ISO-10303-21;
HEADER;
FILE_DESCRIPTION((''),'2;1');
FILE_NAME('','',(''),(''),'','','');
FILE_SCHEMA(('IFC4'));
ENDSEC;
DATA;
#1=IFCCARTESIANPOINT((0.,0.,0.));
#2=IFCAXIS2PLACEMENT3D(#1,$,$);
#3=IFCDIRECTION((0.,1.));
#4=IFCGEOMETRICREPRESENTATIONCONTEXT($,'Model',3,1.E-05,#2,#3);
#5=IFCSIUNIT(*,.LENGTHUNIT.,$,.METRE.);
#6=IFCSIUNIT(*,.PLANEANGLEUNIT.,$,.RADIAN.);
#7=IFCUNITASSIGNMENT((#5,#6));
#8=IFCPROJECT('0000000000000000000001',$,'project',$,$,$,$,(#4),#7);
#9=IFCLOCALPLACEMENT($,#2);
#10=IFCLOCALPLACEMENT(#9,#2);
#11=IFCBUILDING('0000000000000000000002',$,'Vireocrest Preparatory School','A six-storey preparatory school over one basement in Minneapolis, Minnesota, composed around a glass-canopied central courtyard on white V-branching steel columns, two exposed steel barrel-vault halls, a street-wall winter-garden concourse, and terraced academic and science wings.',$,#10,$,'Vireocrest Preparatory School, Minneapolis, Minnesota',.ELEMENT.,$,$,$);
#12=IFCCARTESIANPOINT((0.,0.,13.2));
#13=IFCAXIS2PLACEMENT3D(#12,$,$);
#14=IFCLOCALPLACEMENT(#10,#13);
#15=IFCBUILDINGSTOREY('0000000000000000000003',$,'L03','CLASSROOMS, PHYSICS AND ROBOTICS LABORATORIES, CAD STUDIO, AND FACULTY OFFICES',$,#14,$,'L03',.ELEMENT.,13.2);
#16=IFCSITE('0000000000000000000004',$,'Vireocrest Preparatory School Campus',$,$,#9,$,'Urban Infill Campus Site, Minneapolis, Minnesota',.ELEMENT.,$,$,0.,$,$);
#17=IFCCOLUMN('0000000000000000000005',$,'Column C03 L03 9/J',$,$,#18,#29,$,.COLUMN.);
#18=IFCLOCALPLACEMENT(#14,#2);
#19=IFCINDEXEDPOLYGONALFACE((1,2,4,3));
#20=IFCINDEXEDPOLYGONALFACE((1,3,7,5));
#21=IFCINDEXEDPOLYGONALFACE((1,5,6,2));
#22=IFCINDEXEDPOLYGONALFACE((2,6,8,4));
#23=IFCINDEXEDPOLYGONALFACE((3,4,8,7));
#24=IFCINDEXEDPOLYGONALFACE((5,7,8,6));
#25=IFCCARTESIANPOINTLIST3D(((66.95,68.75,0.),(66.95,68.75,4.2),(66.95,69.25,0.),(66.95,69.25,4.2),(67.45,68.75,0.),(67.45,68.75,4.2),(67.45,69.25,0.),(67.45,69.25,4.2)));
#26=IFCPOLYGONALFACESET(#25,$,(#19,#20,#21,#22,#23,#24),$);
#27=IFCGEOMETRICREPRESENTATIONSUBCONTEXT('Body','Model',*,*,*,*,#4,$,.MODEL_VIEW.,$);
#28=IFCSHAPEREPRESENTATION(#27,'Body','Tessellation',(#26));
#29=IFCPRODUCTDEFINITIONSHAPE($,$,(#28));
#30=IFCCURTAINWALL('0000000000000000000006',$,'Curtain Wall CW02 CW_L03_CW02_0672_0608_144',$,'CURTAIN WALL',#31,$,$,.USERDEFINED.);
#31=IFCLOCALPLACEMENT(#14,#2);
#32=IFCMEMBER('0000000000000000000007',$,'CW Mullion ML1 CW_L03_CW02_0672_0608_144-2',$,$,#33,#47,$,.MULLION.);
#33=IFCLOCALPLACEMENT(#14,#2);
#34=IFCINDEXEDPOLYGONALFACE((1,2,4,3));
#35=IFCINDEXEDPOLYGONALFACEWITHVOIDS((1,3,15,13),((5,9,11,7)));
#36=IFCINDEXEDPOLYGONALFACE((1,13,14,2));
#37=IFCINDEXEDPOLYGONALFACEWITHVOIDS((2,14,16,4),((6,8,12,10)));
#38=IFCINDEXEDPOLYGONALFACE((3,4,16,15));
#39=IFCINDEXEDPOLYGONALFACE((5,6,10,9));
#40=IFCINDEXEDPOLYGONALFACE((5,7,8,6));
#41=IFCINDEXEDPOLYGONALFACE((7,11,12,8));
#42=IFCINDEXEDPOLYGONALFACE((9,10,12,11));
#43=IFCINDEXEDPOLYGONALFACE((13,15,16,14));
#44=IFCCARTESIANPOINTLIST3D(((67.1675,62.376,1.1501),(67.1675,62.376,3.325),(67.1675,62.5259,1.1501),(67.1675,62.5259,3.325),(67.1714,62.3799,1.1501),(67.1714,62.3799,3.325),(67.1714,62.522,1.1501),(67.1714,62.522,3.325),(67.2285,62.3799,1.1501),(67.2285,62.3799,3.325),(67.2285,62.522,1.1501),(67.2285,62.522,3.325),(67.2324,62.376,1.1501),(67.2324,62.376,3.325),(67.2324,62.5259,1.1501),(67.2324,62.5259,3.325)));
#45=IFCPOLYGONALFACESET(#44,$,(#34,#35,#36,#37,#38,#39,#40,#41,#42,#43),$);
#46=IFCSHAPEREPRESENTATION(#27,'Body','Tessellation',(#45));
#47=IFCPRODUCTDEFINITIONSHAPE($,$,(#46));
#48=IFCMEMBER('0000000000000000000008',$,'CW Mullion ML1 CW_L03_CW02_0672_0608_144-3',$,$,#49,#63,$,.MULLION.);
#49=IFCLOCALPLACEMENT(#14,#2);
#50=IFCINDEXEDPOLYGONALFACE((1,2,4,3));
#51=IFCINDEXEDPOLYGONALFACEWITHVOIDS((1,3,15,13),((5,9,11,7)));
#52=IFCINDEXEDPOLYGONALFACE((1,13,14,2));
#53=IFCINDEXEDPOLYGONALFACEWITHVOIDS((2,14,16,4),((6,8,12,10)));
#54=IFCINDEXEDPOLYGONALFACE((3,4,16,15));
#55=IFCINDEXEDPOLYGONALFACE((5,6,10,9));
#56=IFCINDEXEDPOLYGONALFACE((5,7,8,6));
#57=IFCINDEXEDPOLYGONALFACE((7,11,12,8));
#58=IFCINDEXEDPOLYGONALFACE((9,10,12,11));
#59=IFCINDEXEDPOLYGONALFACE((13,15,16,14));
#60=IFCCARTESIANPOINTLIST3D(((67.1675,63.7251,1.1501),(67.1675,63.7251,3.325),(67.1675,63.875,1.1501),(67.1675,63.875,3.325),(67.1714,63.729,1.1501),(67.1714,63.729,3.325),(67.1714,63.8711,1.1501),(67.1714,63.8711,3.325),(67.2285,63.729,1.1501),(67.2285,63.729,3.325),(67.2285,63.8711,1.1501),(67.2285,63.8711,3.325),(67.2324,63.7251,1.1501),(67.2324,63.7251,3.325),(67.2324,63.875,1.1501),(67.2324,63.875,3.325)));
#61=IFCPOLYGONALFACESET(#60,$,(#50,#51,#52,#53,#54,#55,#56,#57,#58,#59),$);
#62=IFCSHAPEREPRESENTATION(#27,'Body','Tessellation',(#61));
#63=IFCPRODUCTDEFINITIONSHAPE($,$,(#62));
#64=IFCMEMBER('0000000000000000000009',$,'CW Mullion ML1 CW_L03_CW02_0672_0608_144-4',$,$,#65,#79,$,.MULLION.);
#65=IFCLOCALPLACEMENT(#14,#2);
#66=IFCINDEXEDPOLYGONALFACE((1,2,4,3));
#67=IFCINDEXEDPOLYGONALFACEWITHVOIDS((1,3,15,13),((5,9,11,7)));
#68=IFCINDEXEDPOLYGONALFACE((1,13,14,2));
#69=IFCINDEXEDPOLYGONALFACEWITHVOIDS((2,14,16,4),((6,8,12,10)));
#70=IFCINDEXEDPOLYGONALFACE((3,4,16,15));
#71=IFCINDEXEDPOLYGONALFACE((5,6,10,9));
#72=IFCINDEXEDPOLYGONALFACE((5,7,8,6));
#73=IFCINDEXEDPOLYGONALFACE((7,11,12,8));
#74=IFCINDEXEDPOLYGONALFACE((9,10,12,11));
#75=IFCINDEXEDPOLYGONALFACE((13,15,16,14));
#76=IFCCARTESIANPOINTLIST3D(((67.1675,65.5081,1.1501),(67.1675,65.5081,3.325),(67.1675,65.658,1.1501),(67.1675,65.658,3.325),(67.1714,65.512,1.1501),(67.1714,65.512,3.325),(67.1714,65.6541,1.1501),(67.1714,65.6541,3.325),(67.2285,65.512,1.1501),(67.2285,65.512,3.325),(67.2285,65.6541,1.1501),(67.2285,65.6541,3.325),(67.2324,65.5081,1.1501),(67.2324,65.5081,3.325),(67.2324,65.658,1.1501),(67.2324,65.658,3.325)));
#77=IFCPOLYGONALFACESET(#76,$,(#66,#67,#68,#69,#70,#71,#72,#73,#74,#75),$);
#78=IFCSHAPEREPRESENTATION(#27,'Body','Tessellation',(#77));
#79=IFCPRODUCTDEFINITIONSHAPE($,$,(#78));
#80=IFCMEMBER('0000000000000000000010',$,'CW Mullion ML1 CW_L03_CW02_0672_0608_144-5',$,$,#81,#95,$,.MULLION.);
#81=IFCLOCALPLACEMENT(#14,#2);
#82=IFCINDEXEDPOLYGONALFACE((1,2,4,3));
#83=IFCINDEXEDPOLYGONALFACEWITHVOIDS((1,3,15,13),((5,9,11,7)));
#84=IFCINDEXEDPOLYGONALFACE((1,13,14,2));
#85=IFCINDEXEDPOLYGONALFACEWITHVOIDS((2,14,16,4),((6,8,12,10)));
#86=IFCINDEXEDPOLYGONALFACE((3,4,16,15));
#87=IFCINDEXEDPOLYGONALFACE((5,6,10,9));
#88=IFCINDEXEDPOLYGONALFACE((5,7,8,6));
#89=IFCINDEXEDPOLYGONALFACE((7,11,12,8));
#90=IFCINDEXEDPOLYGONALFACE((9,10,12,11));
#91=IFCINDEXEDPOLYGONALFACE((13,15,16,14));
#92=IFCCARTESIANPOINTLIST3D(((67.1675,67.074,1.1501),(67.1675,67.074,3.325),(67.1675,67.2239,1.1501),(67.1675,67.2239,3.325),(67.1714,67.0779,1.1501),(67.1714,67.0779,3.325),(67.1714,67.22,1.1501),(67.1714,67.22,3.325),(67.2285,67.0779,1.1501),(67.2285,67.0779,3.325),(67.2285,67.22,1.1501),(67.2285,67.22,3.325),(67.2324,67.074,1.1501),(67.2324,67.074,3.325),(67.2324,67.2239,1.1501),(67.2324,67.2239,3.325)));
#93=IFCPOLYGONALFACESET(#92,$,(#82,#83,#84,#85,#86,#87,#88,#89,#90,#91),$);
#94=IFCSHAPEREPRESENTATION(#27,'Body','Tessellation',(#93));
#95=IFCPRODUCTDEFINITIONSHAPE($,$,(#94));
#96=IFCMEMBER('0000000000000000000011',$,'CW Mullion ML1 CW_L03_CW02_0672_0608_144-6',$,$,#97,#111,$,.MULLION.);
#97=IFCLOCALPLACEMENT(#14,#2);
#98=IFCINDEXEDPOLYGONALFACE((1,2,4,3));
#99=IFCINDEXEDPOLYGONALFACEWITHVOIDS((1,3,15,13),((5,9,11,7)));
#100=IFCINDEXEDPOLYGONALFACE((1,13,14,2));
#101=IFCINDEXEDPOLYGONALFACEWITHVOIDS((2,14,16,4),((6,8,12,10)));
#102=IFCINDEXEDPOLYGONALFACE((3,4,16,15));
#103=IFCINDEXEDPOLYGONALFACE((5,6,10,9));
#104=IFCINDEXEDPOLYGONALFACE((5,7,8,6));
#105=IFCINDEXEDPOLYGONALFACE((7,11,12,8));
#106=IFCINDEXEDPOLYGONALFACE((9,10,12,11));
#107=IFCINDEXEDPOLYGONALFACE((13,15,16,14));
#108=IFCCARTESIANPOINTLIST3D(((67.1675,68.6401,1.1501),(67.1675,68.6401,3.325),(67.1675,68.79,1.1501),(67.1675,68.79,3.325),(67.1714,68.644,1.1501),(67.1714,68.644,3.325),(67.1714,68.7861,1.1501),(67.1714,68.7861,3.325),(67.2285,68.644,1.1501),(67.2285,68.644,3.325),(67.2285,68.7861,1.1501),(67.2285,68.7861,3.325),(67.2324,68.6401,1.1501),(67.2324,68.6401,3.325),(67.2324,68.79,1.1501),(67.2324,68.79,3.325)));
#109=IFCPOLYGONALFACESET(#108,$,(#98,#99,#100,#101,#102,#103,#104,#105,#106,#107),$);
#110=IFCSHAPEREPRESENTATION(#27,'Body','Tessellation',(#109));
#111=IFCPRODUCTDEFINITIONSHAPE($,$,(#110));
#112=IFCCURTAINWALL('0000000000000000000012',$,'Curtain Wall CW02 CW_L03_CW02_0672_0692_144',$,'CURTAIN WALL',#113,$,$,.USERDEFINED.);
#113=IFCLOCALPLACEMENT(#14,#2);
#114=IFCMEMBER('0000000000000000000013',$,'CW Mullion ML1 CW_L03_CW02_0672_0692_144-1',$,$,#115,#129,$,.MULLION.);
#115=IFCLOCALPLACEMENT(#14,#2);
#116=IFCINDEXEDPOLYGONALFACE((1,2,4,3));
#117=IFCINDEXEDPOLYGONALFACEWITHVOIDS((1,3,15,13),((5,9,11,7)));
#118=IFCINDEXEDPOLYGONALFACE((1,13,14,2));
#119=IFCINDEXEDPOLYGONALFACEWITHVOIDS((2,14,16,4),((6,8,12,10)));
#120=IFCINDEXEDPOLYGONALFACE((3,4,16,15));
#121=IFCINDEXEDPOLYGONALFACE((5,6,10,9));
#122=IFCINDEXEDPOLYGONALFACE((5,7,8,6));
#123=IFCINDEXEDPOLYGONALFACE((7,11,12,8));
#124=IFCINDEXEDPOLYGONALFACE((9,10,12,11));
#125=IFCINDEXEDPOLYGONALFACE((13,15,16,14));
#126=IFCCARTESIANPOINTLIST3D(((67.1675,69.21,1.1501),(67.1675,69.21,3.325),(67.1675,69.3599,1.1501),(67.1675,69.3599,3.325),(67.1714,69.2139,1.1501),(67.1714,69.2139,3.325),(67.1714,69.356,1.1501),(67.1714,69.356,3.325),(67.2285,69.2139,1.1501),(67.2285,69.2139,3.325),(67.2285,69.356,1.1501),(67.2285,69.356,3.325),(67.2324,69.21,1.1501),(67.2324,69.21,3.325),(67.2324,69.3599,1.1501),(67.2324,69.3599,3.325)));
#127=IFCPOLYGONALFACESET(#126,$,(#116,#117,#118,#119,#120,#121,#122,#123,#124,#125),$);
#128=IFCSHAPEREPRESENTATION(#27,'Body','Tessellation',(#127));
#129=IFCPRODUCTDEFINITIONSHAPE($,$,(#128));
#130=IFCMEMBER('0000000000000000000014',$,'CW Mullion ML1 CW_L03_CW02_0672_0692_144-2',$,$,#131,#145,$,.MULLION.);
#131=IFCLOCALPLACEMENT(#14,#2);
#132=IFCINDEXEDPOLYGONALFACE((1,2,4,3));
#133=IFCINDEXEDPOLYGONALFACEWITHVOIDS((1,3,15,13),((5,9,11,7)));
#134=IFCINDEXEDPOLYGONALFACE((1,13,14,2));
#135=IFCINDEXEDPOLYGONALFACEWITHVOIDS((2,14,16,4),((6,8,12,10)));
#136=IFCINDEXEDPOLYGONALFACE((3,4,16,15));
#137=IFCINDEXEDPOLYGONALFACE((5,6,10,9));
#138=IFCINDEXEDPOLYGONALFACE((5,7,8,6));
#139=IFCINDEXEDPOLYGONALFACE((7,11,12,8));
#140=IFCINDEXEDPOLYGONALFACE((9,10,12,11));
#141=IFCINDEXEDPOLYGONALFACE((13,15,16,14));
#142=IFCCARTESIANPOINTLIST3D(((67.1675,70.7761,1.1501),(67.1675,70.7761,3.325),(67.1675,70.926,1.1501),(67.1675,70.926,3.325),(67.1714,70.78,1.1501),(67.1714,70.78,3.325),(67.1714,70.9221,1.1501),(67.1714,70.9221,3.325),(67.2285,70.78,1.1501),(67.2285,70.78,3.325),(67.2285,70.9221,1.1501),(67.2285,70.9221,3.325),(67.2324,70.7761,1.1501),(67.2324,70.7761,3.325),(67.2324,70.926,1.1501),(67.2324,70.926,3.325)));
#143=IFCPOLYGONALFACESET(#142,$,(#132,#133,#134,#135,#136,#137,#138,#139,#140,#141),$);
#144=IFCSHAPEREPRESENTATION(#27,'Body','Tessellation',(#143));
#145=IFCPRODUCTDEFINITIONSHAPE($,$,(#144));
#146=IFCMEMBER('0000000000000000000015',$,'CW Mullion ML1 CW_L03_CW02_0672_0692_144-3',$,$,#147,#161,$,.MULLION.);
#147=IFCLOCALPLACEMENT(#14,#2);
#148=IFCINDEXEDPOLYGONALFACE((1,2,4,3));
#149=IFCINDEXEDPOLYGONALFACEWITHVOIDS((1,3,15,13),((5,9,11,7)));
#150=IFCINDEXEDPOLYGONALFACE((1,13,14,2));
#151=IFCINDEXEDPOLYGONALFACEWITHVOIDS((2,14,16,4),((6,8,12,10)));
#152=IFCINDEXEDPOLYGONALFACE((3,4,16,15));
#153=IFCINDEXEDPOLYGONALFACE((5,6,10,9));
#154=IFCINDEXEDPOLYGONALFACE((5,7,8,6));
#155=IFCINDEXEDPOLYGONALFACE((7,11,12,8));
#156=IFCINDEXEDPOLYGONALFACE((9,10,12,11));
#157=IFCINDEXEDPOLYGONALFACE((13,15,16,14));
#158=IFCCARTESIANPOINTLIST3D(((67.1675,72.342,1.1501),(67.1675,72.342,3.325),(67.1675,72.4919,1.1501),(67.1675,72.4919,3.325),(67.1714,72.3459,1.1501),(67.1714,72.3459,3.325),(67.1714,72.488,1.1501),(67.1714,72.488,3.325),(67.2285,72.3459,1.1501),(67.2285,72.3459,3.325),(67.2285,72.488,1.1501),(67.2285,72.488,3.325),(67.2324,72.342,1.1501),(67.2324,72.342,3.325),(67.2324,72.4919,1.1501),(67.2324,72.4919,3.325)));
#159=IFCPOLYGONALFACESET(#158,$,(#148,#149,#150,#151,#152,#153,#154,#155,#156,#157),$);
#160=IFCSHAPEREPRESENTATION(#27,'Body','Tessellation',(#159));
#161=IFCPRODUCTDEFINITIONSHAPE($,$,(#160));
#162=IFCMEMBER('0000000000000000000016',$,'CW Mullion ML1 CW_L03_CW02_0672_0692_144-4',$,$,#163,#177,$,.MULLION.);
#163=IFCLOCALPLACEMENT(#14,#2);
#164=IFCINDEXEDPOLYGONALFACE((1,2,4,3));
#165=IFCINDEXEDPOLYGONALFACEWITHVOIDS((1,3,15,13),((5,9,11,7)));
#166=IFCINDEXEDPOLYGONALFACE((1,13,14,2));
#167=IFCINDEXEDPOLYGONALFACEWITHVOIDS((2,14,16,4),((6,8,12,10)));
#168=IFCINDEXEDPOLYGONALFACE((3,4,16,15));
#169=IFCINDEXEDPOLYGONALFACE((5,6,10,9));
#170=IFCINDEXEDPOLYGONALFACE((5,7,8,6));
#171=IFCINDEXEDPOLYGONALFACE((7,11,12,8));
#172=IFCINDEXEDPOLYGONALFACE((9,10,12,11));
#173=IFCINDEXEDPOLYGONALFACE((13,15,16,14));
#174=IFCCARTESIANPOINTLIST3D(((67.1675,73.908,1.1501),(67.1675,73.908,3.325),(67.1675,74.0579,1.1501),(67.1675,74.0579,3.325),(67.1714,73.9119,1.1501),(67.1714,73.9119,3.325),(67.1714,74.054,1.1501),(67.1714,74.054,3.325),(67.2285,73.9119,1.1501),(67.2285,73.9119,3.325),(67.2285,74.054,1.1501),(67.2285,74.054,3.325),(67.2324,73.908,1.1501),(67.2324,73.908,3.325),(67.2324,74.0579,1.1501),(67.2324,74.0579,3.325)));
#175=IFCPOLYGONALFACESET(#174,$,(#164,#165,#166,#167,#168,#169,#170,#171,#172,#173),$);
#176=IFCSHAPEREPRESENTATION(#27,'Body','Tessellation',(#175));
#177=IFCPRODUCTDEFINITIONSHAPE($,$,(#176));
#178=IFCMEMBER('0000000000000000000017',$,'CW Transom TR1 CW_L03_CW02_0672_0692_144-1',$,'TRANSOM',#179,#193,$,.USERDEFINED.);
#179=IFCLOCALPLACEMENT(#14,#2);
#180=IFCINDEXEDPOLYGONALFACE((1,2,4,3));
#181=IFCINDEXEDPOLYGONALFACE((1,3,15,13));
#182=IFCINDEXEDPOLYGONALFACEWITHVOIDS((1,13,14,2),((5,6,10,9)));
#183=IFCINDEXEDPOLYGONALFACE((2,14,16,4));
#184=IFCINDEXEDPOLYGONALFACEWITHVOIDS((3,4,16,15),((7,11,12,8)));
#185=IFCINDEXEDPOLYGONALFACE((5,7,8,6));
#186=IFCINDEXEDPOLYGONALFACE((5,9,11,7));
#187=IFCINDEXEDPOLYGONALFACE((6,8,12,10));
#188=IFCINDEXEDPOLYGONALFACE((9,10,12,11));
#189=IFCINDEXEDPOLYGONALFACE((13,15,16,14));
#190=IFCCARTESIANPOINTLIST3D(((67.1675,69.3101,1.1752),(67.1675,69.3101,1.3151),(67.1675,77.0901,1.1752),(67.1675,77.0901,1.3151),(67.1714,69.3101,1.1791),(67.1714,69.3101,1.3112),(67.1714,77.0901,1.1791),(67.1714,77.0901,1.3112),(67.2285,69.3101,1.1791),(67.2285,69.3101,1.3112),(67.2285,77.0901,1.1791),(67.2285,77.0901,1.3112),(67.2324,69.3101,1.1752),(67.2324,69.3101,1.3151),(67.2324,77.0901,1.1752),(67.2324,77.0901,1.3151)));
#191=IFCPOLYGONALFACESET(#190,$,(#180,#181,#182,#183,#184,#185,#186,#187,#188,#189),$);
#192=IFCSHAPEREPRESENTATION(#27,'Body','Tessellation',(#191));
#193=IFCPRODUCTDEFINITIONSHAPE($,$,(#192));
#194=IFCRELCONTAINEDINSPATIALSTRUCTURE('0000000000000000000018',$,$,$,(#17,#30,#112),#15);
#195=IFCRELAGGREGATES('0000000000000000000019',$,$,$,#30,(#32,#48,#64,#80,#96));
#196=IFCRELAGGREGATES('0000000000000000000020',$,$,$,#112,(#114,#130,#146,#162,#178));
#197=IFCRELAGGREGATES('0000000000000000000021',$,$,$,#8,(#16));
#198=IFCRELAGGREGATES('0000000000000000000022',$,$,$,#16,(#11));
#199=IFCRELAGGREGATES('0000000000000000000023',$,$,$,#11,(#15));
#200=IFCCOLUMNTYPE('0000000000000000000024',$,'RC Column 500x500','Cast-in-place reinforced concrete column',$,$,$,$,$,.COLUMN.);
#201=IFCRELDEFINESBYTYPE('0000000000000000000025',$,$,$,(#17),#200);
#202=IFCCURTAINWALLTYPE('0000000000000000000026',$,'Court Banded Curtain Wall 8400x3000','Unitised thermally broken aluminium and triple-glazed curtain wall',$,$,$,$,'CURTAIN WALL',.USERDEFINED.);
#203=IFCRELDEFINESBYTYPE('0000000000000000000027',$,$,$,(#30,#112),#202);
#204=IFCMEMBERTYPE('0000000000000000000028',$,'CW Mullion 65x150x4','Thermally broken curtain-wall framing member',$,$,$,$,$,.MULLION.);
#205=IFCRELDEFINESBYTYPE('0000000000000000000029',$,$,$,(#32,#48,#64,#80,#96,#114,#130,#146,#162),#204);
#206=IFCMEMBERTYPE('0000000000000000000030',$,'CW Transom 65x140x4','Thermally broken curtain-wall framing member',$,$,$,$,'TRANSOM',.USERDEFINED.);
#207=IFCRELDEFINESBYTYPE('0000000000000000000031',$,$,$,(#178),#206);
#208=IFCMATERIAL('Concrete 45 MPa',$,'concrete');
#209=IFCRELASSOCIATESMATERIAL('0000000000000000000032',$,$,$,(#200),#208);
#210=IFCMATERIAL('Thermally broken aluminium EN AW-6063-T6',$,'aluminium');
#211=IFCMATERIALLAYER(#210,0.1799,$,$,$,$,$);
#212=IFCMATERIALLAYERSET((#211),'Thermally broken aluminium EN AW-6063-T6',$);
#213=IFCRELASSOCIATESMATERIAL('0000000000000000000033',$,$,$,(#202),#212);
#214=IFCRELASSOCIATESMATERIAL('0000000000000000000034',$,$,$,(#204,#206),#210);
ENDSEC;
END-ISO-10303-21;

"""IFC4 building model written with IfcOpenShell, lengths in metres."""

from ifc_helpers import new_model, si_unit, direction, frame, origin, origin_2d, place, context, subcontext, project, spatial, rectangle, hollow_rectangle, extrude, material, layer, layer_set, material_profile, profile_set, type_object, element, aggregate, save


model = new_model("IFC4")

# Units and contexts
model_context = context("Model", 3, precision=1e-05, world=origin(), true_north=direction((0.0, 1.0)))
body_context = subcontext(model_context, "Body", "Model", "MODEL_VIEW")
ifc_project = project(units=[si_unit("LENGTHUNIT", "METRE"), si_unit("PLANEANGLEUNIT", "RADIAN")], contexts=[model_context])

# Site, building, storey
site_placement = place(None, origin())
site = spatial("IfcSite", under=ifc_project, at=site_placement, Name="Vireocrest Preparatory School Campus", LongName="Urban Infill Campus Site, Minneapolis, Minnesota", CompositionType="ELEMENT", RefElevation=0.0)
building_placement = place(site_placement, origin())
building = spatial("IfcBuilding", under=site, at=building_placement, Name="Vireocrest Preparatory School", Description="A six-storey preparatory school over one basement in Minneapolis, Minnesota, composed around a glass-canopied central courtyard on white V-branching steel columns, two exposed steel barrel-vault halls, a street-wall winter-garden concourse, and terraced academic and science wings.", LongName="Vireocrest Preparatory School, Minneapolis, Minnesota", CompositionType="ELEMENT")
storey_placement = place(building_placement, frame((0.0, 0.0, 13.2)))
storey = spatial("IfcBuildingStorey", under=building, at=storey_placement, Name="L03", Description="CLASSROOMS, PHYSICS AND ROBOTICS LABORATORIES, CAD STUDIO, AND FACULTY OFFICES", LongName="L03", CompositionType="ELEMENT", Elevation=13.2)

# Column
ifc_material_1 = material(Name="Concrete 45 MPa", Category="concrete")
ifc_material_profile_1 = material_profile(ifc_material_1, rectangle(XDim=0.5, YDim=0.5, at=origin_2d()), Name="RC 500x500")
ifc_profile_set_1 = profile_set([ifc_material_profile_1], Name="Concrete 45 MPa")
column_type = type_object("IfcColumnType", Name="RC Column 500x500", Description="Cast-in-place reinforced concrete column", PredefinedType="COLUMN", material=ifc_profile_set_1)
column_placement = place(storey_placement, frame((67.2, 69.0, 0.0), z_axis=(0.0, 0.0, 1.0), x_axis=(1.0, 0.0, 0.0)))
element("IfcColumn", 1, at=column_placement, inside=storey, type_object=column_type, Name="Column C03 L03 9/J", PredefinedType="COLUMN", context=body_context, shape_type="SweptSolid", body=[
    extrude(rectangle(XDim=0.5, YDim=0.5, at=origin_2d()), origin(), (0.0, 0.0, 1.0), 4.2),
])

# Curtain walls, members
ifc_material_2 = material(Name="Thermally broken aluminium EN AW-6063-T6", Category="aluminium")
ifc_layer_1 = layer(ifc_material_2, 0.1799)
ifc_layer_set_1 = layer_set([ifc_layer_1], Name="Thermally broken aluminium EN AW-6063-T6")
curtain_wall_type = type_object("IfcCurtainWallType", Name="Court Banded Curtain Wall 8400x3000", Description="Unitised thermally broken aluminium and triple-glazed curtain wall", ElementType="CURTAIN WALL", PredefinedType="USERDEFINED", material=ifc_layer_set_1)
curtain_wall_1_placement = place(storey_placement, origin())
curtain_wall_1 = element("IfcCurtainWall", 2, at=curtain_wall_1_placement, inside=storey, type_object=curtain_wall_type, Name="Curtain Wall CW02 CW_L03_CW02_0672_0608_144", ObjectType="CURTAIN WALL", PredefinedType="USERDEFINED")
ifc_material_profile_2 = material_profile(ifc_material_2, hollow_rectangle(XDim=0.0649, YDim=0.1499, WallThickness=0.0039, at=origin_2d()), Name="ALU 65x150x4")
ifc_profile_set_2 = profile_set([ifc_material_profile_2], Name="Thermally broken aluminium EN AW-6063-T6")
member_type_1 = type_object("IfcMemberType", Name="CW Mullion 65x150x4", Description="Thermally broken curtain-wall framing member", PredefinedType="MULLION", material=ifc_profile_set_2)
member_1_placement = place(storey_placement, frame((67.2, 62.4509, 1.1501), z_axis=(0.0, 0.0, 1.0), x_axis=(1.0, 0.0, 0.0)))
member_1 = element("IfcMember", 3, at=member_1_placement, type_object=member_type_1, Name="CW Mullion ML1 CW_L03_CW02_0672_0608_144-2", PredefinedType="MULLION", context=body_context, shape_type="SweptSolid", body=[
    extrude(hollow_rectangle(XDim=0.0649, YDim=0.1499, WallThickness=0.0039, at=origin_2d()), origin(), (0.0, 0.0, 1.0), 2.1748),
])
member_2_placement = place(storey_placement, frame((67.2, 63.8, 1.1501), z_axis=(0.0, 0.0, 1.0), x_axis=(1.0, 0.0, 0.0)))
member_2 = element("IfcMember", 4, at=member_2_placement, type_object=member_type_1, Name="CW Mullion ML1 CW_L03_CW02_0672_0608_144-3", PredefinedType="MULLION", context=body_context, shape_type="SweptSolid", body=[
    extrude(hollow_rectangle(XDim=0.0649, YDim=0.1499, WallThickness=0.0039, at=origin_2d()), origin(), (0.0, 0.0, 1.0), 2.1748),
])
member_3_placement = place(storey_placement, frame((67.2, 65.583, 1.1501), z_axis=(0.0, 0.0, 1.0), x_axis=(1.0, 0.0, 0.0)))
member_3 = element("IfcMember", 5, at=member_3_placement, type_object=member_type_1, Name="CW Mullion ML1 CW_L03_CW02_0672_0608_144-4", PredefinedType="MULLION", context=body_context, shape_type="SweptSolid", body=[
    extrude(hollow_rectangle(XDim=0.0649, YDim=0.1499, WallThickness=0.0039, at=origin_2d()), origin(), (0.0, 0.0, 1.0), 2.1748),
])
member_4_placement = place(storey_placement, frame((67.2, 67.1489, 1.1501), z_axis=(0.0, 0.0, 1.0), x_axis=(1.0, 0.0, 0.0)))
member_4 = element("IfcMember", 6, at=member_4_placement, type_object=member_type_1, Name="CW Mullion ML1 CW_L03_CW02_0672_0608_144-5", PredefinedType="MULLION", context=body_context, shape_type="SweptSolid", body=[
    extrude(hollow_rectangle(XDim=0.0649, YDim=0.1499, WallThickness=0.0039, at=origin_2d()), origin(), (0.0, 0.0, 1.0), 2.1748),
])
member_5_placement = place(storey_placement, frame((67.2, 68.7151, 1.1501), z_axis=(0.0, 0.0, 1.0), x_axis=(1.0, 0.0, 0.0)))
member_5 = element("IfcMember", 7, at=member_5_placement, type_object=member_type_1, Name="CW Mullion ML1 CW_L03_CW02_0672_0608_144-6", PredefinedType="MULLION", context=body_context, shape_type="SweptSolid", body=[
    extrude(hollow_rectangle(XDim=0.0649, YDim=0.1499, WallThickness=0.0039, at=origin_2d()), origin(), (0.0, 0.0, 1.0), 2.1748),
])
curtain_wall_2_placement = place(storey_placement, origin())
curtain_wall_2 = element("IfcCurtainWall", 8, at=curtain_wall_2_placement, inside=storey, type_object=curtain_wall_type, Name="Curtain Wall CW02 CW_L03_CW02_0672_0692_144", ObjectType="CURTAIN WALL", PredefinedType="USERDEFINED")
member_6_placement = place(storey_placement, frame((67.2, 69.2849, 1.1501), z_axis=(0.0, 0.0, 1.0), x_axis=(1.0, 0.0, 0.0)))
member_6 = element("IfcMember", 9, at=member_6_placement, type_object=member_type_1, Name="CW Mullion ML1 CW_L03_CW02_0672_0692_144-1", PredefinedType="MULLION", context=body_context, shape_type="SweptSolid", body=[
    extrude(hollow_rectangle(XDim=0.0649, YDim=0.1499, WallThickness=0.0039, at=origin_2d()), origin(), (0.0, 0.0, 1.0), 2.1748),
])
member_7_placement = place(storey_placement, frame((67.2, 70.8511, 1.1501), z_axis=(0.0, 0.0, 1.0), x_axis=(1.0, 0.0, 0.0)))
member_7 = element("IfcMember", 10, at=member_7_placement, type_object=member_type_1, Name="CW Mullion ML1 CW_L03_CW02_0672_0692_144-2", PredefinedType="MULLION", context=body_context, shape_type="SweptSolid", body=[
    extrude(hollow_rectangle(XDim=0.0649, YDim=0.1499, WallThickness=0.0039, at=origin_2d()), origin(), (0.0, 0.0, 1.0), 2.1748),
])
member_8_placement = place(storey_placement, frame((67.2, 72.417, 1.1501), z_axis=(0.0, 0.0, 1.0), x_axis=(1.0, 0.0, 0.0)))
member_8 = element("IfcMember", 11, at=member_8_placement, type_object=member_type_1, Name="CW Mullion ML1 CW_L03_CW02_0672_0692_144-3", PredefinedType="MULLION", context=body_context, shape_type="SweptSolid", body=[
    extrude(hollow_rectangle(XDim=0.0649, YDim=0.1499, WallThickness=0.0039, at=origin_2d()), origin(), (0.0, 0.0, 1.0), 2.1748),
])
member_9_placement = place(storey_placement, frame((67.2, 73.9829, 1.1501), z_axis=(0.0, 0.0, 1.0), x_axis=(1.0, 0.0, 0.0)))
member_9 = element("IfcMember", 12, at=member_9_placement, type_object=member_type_1, Name="CW Mullion ML1 CW_L03_CW02_0672_0692_144-4", PredefinedType="MULLION", context=body_context, shape_type="SweptSolid", body=[
    extrude(hollow_rectangle(XDim=0.0649, YDim=0.1499, WallThickness=0.0039, at=origin_2d()), origin(), (0.0, 0.0, 1.0), 2.1748),
])
ifc_material_profile_3 = material_profile(ifc_material_2, hollow_rectangle(XDim=0.0649, YDim=0.1399, WallThickness=0.0039, at=origin_2d()), Name="ALU 65x140x4")
ifc_profile_set_3 = profile_set([ifc_material_profile_3], Name="Thermally broken aluminium EN AW-6063-T6")
member_type_2 = type_object("IfcMemberType", Name="CW Transom 65x140x4", Description="Thermally broken curtain-wall framing member", ElementType="TRANSOM", PredefinedType="USERDEFINED", material=ifc_profile_set_3)
member_10_placement = place(storey_placement, frame((67.2, 69.3101, 1.2451), z_axis=(0.0, 1.0, 0.0), x_axis=(-1.0, 0.0, 0.0)))
member_10 = element("IfcMember", 13, at=member_10_placement, type_object=member_type_2, Name="CW Transom TR1 CW_L03_CW02_0672_0692_144-1", ObjectType="TRANSOM", PredefinedType="USERDEFINED", context=body_context, shape_type="SweptSolid", body=[
    extrude(hollow_rectangle(XDim=0.0649, YDim=0.1399, WallThickness=0.0039, at=origin_2d()), origin(), (0.0, 0.0, 1.0), 7.78),
])

aggregate(curtain_wall_1, [member_1, member_2, member_3, member_4, member_5])
aggregate(curtain_wall_2, [member_6, member_7, member_8, member_9, member_10])

save(model, "model.ifc")
